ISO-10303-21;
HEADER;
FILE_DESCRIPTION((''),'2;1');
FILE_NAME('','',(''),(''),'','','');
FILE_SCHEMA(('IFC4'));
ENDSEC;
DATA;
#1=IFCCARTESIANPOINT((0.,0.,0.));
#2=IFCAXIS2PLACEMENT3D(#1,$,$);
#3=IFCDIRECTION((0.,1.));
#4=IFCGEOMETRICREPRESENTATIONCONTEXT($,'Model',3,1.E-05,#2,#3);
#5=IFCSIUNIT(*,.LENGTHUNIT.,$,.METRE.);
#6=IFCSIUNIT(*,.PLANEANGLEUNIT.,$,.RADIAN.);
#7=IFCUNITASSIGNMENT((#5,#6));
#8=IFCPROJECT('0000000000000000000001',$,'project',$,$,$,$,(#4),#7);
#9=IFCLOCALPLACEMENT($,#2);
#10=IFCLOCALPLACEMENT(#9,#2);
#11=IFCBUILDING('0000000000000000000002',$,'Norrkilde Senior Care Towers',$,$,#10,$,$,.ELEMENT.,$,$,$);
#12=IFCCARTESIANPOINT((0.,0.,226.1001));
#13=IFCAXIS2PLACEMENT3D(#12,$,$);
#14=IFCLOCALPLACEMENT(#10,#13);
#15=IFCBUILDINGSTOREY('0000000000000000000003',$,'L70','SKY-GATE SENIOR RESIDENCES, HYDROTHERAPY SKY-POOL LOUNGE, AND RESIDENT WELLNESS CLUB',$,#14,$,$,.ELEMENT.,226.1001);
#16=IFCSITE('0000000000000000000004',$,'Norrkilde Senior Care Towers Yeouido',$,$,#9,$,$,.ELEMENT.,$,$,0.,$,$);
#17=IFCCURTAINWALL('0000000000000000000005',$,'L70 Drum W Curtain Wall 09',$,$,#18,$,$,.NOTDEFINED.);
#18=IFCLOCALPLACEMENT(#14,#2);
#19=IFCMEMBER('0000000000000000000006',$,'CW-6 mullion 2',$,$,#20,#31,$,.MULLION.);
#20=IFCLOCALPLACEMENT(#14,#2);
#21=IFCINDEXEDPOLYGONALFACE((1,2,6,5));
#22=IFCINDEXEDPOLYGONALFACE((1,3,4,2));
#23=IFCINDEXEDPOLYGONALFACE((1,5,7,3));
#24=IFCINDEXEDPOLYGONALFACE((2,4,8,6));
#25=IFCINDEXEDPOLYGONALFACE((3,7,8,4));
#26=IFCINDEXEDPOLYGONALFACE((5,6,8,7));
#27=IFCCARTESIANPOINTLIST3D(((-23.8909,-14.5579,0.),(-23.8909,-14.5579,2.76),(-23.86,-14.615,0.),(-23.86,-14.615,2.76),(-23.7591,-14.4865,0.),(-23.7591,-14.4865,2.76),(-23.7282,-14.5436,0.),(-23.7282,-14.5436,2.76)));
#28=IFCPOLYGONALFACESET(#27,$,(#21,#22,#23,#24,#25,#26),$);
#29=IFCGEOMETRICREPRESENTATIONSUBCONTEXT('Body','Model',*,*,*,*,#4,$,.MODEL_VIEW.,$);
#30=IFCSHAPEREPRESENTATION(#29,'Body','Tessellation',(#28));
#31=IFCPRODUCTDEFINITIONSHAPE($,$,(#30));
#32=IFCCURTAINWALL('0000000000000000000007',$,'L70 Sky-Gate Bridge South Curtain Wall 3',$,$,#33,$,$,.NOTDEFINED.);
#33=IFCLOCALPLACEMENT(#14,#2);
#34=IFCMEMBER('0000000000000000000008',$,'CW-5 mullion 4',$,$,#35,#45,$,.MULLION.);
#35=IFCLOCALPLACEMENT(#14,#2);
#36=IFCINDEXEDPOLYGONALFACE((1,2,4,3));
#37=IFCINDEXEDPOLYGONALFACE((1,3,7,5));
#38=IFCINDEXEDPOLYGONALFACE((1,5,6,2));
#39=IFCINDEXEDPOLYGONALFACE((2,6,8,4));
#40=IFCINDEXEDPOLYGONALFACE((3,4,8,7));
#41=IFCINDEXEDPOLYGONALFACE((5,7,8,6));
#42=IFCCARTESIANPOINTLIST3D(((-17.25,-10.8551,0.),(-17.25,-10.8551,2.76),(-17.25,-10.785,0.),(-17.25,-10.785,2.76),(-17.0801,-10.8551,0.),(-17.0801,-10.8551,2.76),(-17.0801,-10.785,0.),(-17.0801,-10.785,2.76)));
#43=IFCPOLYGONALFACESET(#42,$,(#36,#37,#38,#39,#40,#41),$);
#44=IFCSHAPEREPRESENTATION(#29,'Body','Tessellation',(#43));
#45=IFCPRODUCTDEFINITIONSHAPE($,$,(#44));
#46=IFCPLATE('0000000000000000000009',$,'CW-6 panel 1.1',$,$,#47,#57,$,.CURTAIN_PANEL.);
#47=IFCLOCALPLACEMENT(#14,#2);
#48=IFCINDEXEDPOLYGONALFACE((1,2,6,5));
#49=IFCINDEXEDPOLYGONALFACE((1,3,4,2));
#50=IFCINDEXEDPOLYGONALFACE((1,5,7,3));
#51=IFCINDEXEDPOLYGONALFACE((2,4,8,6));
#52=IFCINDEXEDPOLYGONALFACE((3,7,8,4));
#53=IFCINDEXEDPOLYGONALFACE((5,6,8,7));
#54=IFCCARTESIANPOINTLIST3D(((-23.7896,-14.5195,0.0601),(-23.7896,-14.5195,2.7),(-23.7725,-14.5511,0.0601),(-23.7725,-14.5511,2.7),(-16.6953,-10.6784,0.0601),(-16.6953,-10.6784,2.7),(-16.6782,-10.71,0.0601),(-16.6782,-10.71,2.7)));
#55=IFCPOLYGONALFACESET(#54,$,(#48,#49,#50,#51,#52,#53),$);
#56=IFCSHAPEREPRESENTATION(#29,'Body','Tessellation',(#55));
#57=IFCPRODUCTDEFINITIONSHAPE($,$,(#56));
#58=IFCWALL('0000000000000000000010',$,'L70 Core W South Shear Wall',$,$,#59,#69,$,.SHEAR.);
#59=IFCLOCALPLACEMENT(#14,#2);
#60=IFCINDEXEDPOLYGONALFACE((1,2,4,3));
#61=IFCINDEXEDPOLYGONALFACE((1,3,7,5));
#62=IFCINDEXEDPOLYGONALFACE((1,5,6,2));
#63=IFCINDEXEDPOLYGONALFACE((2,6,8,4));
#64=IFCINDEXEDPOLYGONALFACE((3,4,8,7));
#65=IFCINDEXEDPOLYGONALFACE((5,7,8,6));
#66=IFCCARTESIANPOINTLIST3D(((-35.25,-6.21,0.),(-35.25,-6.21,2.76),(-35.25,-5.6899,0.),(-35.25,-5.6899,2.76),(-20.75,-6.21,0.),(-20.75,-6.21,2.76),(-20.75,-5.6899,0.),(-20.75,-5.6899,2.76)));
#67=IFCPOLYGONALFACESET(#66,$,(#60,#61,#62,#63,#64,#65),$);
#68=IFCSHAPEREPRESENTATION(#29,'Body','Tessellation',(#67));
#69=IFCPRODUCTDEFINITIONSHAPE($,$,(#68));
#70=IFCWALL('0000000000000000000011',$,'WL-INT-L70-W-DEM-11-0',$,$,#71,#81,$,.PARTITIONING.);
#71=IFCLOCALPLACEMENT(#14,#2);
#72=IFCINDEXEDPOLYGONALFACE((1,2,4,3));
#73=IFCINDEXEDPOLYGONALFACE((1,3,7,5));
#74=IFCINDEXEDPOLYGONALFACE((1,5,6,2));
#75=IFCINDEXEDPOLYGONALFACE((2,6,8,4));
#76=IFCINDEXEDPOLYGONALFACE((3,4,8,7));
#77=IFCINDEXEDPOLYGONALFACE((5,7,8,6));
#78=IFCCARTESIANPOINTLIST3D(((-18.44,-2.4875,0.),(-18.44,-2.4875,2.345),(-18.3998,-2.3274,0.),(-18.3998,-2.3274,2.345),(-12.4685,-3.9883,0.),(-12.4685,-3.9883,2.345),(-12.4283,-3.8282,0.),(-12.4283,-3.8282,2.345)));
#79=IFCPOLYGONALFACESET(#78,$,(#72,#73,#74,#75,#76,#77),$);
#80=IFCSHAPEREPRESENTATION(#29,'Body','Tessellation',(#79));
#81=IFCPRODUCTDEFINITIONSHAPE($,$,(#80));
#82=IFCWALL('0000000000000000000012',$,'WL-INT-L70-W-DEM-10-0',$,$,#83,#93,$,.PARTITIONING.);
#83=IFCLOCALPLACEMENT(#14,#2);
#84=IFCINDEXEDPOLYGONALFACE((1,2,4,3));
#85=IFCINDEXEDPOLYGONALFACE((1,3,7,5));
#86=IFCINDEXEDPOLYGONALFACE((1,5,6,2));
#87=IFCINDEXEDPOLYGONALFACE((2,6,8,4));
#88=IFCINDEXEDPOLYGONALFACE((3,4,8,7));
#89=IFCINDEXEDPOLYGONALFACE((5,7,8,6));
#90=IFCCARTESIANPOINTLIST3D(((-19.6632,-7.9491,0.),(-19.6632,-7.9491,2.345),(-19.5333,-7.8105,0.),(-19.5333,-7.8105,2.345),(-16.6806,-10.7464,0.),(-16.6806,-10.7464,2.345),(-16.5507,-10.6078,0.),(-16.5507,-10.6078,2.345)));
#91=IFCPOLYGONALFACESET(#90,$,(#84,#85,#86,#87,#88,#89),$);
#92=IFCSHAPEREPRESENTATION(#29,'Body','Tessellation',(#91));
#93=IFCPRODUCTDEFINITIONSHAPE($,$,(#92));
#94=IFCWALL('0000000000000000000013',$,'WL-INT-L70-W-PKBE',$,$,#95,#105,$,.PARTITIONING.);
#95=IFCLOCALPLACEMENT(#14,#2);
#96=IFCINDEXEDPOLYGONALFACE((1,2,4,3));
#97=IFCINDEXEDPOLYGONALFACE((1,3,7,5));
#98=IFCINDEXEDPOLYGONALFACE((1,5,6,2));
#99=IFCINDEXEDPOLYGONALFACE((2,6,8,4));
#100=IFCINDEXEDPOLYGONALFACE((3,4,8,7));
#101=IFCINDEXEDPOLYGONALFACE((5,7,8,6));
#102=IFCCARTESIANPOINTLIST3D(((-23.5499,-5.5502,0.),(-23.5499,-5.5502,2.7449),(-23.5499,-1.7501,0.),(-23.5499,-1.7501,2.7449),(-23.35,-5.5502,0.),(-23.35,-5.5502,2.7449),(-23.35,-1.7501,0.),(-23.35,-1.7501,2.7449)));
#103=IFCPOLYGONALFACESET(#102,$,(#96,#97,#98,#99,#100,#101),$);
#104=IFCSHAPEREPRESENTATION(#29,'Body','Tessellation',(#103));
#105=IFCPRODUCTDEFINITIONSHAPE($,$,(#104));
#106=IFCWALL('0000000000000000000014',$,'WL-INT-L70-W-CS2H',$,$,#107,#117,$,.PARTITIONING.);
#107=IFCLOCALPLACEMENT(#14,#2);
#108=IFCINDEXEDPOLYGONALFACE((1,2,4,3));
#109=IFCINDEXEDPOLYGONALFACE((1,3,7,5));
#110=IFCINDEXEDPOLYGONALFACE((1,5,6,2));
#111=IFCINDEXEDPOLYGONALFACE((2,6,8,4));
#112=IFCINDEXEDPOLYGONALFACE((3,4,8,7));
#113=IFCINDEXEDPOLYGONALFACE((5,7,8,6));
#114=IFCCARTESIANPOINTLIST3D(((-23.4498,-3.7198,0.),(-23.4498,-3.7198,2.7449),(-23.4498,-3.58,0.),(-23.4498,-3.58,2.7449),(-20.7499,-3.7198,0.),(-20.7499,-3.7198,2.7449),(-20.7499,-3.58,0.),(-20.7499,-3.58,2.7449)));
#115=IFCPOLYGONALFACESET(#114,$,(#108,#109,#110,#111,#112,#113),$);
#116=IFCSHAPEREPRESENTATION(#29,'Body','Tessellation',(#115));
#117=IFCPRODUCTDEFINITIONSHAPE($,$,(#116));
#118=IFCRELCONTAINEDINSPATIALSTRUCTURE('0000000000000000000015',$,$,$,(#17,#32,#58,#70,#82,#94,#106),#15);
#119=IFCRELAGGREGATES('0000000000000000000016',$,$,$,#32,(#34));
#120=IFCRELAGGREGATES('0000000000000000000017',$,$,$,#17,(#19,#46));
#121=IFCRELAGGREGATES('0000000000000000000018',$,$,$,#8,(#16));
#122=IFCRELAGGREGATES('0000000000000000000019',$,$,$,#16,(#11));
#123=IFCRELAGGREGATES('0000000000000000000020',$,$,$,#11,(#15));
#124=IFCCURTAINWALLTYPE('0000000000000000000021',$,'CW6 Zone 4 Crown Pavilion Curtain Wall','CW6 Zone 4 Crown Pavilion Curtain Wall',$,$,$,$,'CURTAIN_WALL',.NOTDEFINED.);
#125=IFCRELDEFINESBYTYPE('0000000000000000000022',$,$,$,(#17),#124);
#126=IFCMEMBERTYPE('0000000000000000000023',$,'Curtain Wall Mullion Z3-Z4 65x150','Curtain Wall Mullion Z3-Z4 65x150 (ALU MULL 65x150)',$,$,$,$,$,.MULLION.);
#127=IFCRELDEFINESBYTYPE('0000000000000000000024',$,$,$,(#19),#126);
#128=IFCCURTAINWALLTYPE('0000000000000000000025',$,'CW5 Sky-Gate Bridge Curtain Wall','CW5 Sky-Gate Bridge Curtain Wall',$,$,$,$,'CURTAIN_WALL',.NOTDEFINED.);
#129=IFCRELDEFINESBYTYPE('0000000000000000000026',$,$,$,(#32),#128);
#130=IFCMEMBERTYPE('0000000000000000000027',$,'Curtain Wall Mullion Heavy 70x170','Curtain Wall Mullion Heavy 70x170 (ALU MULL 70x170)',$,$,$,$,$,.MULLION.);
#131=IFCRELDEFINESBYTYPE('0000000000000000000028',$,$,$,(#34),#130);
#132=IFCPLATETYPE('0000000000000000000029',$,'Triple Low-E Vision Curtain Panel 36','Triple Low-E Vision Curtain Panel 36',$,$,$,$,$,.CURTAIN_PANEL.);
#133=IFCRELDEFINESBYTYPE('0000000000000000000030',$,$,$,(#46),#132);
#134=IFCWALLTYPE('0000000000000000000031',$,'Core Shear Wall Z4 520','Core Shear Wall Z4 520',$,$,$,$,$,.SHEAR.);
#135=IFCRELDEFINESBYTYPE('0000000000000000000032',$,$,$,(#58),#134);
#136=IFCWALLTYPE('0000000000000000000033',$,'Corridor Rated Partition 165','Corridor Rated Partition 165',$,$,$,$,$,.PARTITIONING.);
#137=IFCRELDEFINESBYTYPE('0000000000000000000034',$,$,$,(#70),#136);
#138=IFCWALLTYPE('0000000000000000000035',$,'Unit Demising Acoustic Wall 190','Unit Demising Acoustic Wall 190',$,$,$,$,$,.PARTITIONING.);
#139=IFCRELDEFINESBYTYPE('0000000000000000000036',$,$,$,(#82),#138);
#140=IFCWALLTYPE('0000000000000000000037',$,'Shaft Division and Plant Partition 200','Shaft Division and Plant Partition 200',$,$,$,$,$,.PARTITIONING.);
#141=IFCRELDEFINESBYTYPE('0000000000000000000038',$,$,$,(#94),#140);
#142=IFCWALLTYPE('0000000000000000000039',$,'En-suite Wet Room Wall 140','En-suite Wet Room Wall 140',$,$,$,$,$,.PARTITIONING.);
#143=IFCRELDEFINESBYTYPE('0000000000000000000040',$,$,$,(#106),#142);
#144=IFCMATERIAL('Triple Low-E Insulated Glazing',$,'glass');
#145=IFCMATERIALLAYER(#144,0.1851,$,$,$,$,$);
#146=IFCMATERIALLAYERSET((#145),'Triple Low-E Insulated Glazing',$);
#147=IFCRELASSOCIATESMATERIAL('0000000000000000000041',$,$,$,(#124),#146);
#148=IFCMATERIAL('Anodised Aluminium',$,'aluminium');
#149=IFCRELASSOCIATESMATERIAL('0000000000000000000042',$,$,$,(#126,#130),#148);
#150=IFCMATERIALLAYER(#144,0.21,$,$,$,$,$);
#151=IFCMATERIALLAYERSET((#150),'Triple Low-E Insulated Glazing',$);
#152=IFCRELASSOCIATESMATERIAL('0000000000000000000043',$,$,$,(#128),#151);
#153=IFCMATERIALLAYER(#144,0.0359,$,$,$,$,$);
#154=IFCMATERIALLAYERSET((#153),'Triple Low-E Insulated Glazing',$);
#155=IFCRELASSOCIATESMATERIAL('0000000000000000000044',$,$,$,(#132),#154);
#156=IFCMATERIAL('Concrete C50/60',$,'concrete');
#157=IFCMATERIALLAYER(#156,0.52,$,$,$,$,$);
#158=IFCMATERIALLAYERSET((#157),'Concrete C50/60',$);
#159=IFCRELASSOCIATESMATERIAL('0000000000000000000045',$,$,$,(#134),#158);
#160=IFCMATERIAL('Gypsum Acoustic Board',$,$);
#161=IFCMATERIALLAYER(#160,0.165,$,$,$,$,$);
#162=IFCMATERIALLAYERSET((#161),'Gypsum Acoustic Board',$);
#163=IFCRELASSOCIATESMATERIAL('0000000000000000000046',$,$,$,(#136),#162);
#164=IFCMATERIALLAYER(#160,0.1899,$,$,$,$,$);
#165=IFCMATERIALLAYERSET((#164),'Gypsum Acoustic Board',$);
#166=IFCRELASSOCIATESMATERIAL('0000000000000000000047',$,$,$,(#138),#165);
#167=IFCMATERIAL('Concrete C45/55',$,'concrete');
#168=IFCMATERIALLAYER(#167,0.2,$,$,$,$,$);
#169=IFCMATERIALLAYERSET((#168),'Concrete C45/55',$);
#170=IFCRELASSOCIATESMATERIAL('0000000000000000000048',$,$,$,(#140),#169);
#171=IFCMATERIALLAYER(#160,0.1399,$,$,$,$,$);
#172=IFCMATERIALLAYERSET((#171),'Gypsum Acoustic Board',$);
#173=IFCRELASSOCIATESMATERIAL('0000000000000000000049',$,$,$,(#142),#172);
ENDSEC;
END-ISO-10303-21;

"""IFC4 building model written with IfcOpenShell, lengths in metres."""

from ifc_helpers import new_model, si_unit, direction, frame, frame_2d, origin, origin_2d, place, context, subcontext, project, spatial, rectangle, extrude, source, transform, mapped, material, layer, layer_set, material_profile, profile_set, type_object, type_shapes, element, aggregate, save


model = new_model("IFC4")

# Units and contexts
model_context = context("Model", 3, precision=1e-05, world=origin(), true_north=direction((0.0, 1.0)))
body_context = subcontext(model_context, "Body", "Model", "MODEL_VIEW")
ifc_project = project(units=[si_unit("LENGTHUNIT", "METRE"), si_unit("PLANEANGLEUNIT", "RADIAN")], contexts=[model_context])

# Site, building, storey
site_placement = place(None, origin())
site = spatial("IfcSite", under=ifc_project, at=site_placement, Name="Norrkilde Senior Care Towers Yeouido", CompositionType="ELEMENT", RefElevation=0.0)
building_placement = place(site_placement, origin())
building = spatial("IfcBuilding", under=site, at=building_placement, Name="Norrkilde Senior Care Towers", CompositionType="ELEMENT")
storey_placement = place(building_placement, frame((0.0, 0.0, 226.1001)))
storey = spatial("IfcBuildingStorey", under=building, at=storey_placement, Name="L70", Description="SKY-GATE SENIOR RESIDENCES, HYDROTHERAPY SKY-POOL LOUNGE, AND RESIDENT WELLNESS CLUB", CompositionType="ELEMENT", Elevation=226.1001)

# Shared definitions
ifc_material_1 = material(Name="Concrete C50/60", Category="concrete")

# Curtain wall, member
ifc_material_2 = material(Name="Triple Low-E Insulated Glazing", Category="glass")
ifc_layer_1 = layer(ifc_material_2, 0.1851)
ifc_layer_set_1 = layer_set([ifc_layer_1], Name="Triple Low-E Insulated Glazing")
curtain_wall_type_1 = type_object("IfcCurtainWallType", Name="CW6 Zone 4 Crown Pavilion Curtain Wall", Description="CW6 Zone 4 Crown Pavilion Curtain Wall", ElementType="CURTAIN_WALL", PredefinedType="NOTDEFINED", material=ifc_layer_set_1)
curtain_wall_1_placement = place(storey_placement, origin())
curtain_wall_1 = element("IfcCurtainWall", 1, at=curtain_wall_1_placement, inside=storey, type_object=curtain_wall_type_1, Name="L70 Drum W Curtain Wall 09", PredefinedType="NOTDEFINED")
ifc_material_3 = material(Name="Anodised Aluminium", Category="aluminium")
ifc_material_profile_1 = material_profile(ifc_material_3, rectangle(XDim=0.0649, YDim=0.1499, at=origin_2d()), Name="ALU MULL 65x150")
ifc_profile_set_1 = profile_set([ifc_material_profile_1], Name="Anodised Aluminium")
member_type_1 = type_object("IfcMemberType", Name="Curtain Wall Mullion Z3-Z4 65x150", Description="Curtain Wall Mullion Z3-Z4 65x150 (ALU MULL 65x150)", PredefinedType="MULLION", material=ifc_profile_set_1)
shared_shape_1 = source(origin(), body_context, "Body", "SweptSolid", [
    extrude(rectangle(XDim=0.0649, YDim=0.1499, at=origin_2d()), origin(), (0.0, 0.0, 1.0), 2.76),
])
type_shapes(member_type_1, [shared_shape_1])
member_1_placement = place(storey_placement, frame((-23.8096, -14.5508, 0.0), z_axis=(0.0, 0.0, 1.0), x_axis=(0.476133, -0.879373, 0.0)))
member_1 = element("IfcMember", 2, at=member_1_placement, type_object=member_type_1, Name="CW-6 mullion 2", PredefinedType="MULLION", context=body_context, shape_type="MappedRepresentation", body=[
    mapped(shared_shape_1, transform((0.0, 0.0, 0.0), x_axis=(1.0, 0.0, 0.0), y_axis=(0.0, 1.0, 0.0), z_axis=(0.0, 0.0, 1.0), scale=1.0)),
])

# Curtain wall, member
ifc_layer_2 = layer(ifc_material_2, 0.21)
ifc_layer_set_2 = layer_set([ifc_layer_2], Name="Triple Low-E Insulated Glazing")
curtain_wall_type_2 = type_object("IfcCurtainWallType", Name="CW5 Sky-Gate Bridge Curtain Wall", Description="CW5 Sky-Gate Bridge Curtain Wall", ElementType="CURTAIN_WALL", PredefinedType="NOTDEFINED", material=ifc_layer_set_2)
curtain_wall_2_placement = place(storey_placement, origin())
curtain_wall_2 = element("IfcCurtainWall", 3, at=curtain_wall_2_placement, inside=storey, type_object=curtain_wall_type_2, Name="L70 Sky-Gate Bridge South Curtain Wall 3", PredefinedType="NOTDEFINED")
ifc_material_profile_2 = material_profile(ifc_material_3, rectangle(XDim=0.0701, YDim=0.1699, at=origin_2d()), Name="ALU MULL 70x170")
ifc_profile_set_2 = profile_set([ifc_material_profile_2], Name="Anodised Aluminium")
member_type_2 = type_object("IfcMemberType", Name="Curtain Wall Mullion Heavy 70x170", Description="Curtain Wall Mullion Heavy 70x170 (ALU MULL 70x170)", PredefinedType="MULLION", material=ifc_profile_set_2)
shared_shape_2 = source(origin(), body_context, "Body", "SweptSolid", [
    extrude(rectangle(XDim=0.0701, YDim=0.1699, at=origin_2d()), origin(), (0.0, 0.0, 1.0), 2.76),
])
type_shapes(member_type_2, [shared_shape_2])
member_2_placement = place(storey_placement, frame((-17.165, -10.8201, 0.0), z_axis=(0.0, 0.0, 1.0), x_axis=(0.0, -1.0, 0.0)))
member_2 = element("IfcMember", 4, at=member_2_placement, type_object=member_type_2, Name="CW-5 mullion 4", PredefinedType="MULLION", context=body_context, shape_type="MappedRepresentation", body=[
    mapped(shared_shape_2, transform((0.0, 0.0, 0.0), x_axis=(1.0, 0.0, 0.0), y_axis=(0.0, 1.0, 0.0), z_axis=(0.0, 0.0, 1.0), scale=1.0)),
])
aggregate(curtain_wall_2, [member_2])

# Plate
ifc_layer_3 = layer(ifc_material_2, 0.0359)
ifc_layer_set_3 = layer_set([ifc_layer_3], Name="Triple Low-E Insulated Glazing")
plate_type = type_object("IfcPlateType", Name="Triple Low-E Vision Curtain Panel 36", Description="Triple Low-E Vision Curtain Panel 36", PredefinedType="CURTAIN_PANEL", material=ifc_layer_set_3)
shared_shape_3 = source(origin(), body_context, "Body", "SweptSolid", [
    extrude(rectangle(XDim=8.0674, YDim=0.0359, at=origin_2d()), origin(), (0.0, 0.0, 1.0), 2.6399),
])
type_shapes(plate_type, [shared_shape_3])
plate_placement = place(storey_placement, frame((-20.2339, -12.6147, 0.0601), z_axis=(0.0, 0.0, 1.0), x_axis=(-0.879373, -0.476133, 0.0)))
plate = element("IfcPlate", 5, at=plate_placement, type_object=plate_type, Name="CW-6 panel 1.1", PredefinedType="CURTAIN_PANEL", context=body_context, shape_type="MappedRepresentation", body=[
    mapped(shared_shape_3, transform((0.0, 0.0, 0.0), x_axis=(1.0, 0.0, 0.0), y_axis=(0.0, 1.0, 0.0), z_axis=(0.0, 0.0, 1.0), scale=1.0)),
])
aggregate(curtain_wall_1, [member_1, plate])

# Walls
ifc_layer_4 = layer(ifc_material_1, 0.52)
ifc_layer_set_4 = layer_set([ifc_layer_4], Name="Concrete C50/60")
wall_type_1 = type_object("IfcWallType", Name="Core Shear Wall Z4 520", Description="Core Shear Wall Z4 520", PredefinedType="SHEAR", material=ifc_layer_set_4)
shared_shape_4 = source(origin(), body_context, "Body", "SweptSolid", [
    extrude(rectangle(XDim=14.5, YDim=0.52, at=frame_2d((7.25, 0.0))), origin(), (0.0, 0.0, 1.0), 2.76),
])
type_shapes(wall_type_1, [shared_shape_4])
wall_1_placement = place(storey_placement, frame((-20.75, -5.95, 0.0), z_axis=(0.0, 0.0, 1.0), x_axis=(-1.0, 0.0, 0.0)))
element("IfcWall", 6, at=wall_1_placement, inside=storey, type_object=wall_type_1, Name="L70 Core W South Shear Wall", PredefinedType="SHEAR", context=body_context, shape_type="MappedRepresentation", body=[
    mapped(shared_shape_4, transform((0.0, 0.0, 0.0), x_axis=(1.0, 0.0, 0.0), y_axis=(0.0, 1.0, 0.0), z_axis=(0.0, 0.0, 1.0), scale=1.0)),
])
ifc_material_4 = material(Name="Gypsum Acoustic Board")
ifc_layer_5 = layer(ifc_material_4, 0.165)
ifc_layer_set_5 = layer_set([ifc_layer_5], Name="Gypsum Acoustic Board")
wall_type_2 = type_object("IfcWallType", Name="Corridor Rated Partition 165", Description="Corridor Rated Partition 165", PredefinedType="PARTITIONING", material=ifc_layer_set_5)
shared_shape_5 = source(origin(), body_context, "Body", "SweptSolid", [
    extrude(rectangle(XDim=6.1572, YDim=0.165, at=frame_2d((3.0786, 0.0))), origin(), (0.0, 0.0, 1.0), 2.345),
])
wall_2_placement = place(storey_placement, frame((-18.4199, -2.4075, 0.0), z_axis=(0.0, 0.0, 1.0), x_axis=(0.969841, -0.243739, 0.0)))
element("IfcWall", 7, at=wall_2_placement, inside=storey, type_object=wall_type_2, Name="WL-INT-L70-W-DEM-11-0", PredefinedType="PARTITIONING", context=body_context, shape_type="MappedRepresentation", body=[
    mapped(shared_shape_5, transform((0.0, 0.0, 0.0), x_axis=(1.0, 0.0, 0.0), y_axis=(0.0, 1.0, 0.0), z_axis=(0.0, 0.0, 1.0), scale=1.0)),
])
ifc_layer_6 = layer(ifc_material_4, 0.1899)
ifc_layer_set_6 = layer_set([ifc_layer_6], Name="Gypsum Acoustic Board")
wall_type_3 = type_object("IfcWallType", Name="Unit Demising Acoustic Wall 190", Description="Unit Demising Acoustic Wall 190", PredefinedType="PARTITIONING", material=ifc_layer_set_6)
shared_shape_6 = source(origin(), body_context, "Body", "SweptSolid", [
    extrude(rectangle(XDim=4.0891, YDim=0.1899, at=frame_2d((2.0444, 0.0))), origin(), (0.0, 0.0, 1.0), 2.345),
])
type_shapes(wall_type_3, [shared_shape_6])
wall_3_placement = place(storey_placement, frame((-19.5981, -7.8799, 0.0), z_axis=(0.0, 0.0, 1.0), x_axis=(0.729401, -0.684086, 0.0)))
element("IfcWall", 8, at=wall_3_placement, inside=storey, type_object=wall_type_3, Name="WL-INT-L70-W-DEM-10-0", PredefinedType="PARTITIONING", context=body_context, shape_type="MappedRepresentation", body=[
    mapped(shared_shape_6, transform((0.0, 0.0, 0.0), x_axis=(1.0, 0.0, 0.0), y_axis=(0.0, 1.0, 0.0), z_axis=(0.0, 0.0, 1.0), scale=1.0)),
])
ifc_material_5 = material(Name="Concrete C45/55", Category="concrete")
ifc_layer_7 = layer(ifc_material_5, 0.2)
ifc_layer_set_7 = layer_set([ifc_layer_7], Name="Concrete C45/55")
wall_type_4 = type_object("IfcWallType", Name="Shaft Division and Plant Partition 200", Description="Shaft Division and Plant Partition 200", PredefinedType="PARTITIONING", material=ifc_layer_set_7)
shared_shape_7 = source(origin(), body_context, "Body", "SweptSolid", [
    extrude(rectangle(XDim=3.8, YDim=0.2, at=frame_2d((1.8999, 0.0))), origin(), (0.0, 0.0, 1.0), 2.7449),
])
type_shapes(wall_type_4, [shared_shape_7])
wall_4_placement = place(storey_placement, frame((-23.45, -5.55, 0.0), z_axis=(0.0, 0.0, 1.0), x_axis=(0.0, 1.0, 0.0)))
element("IfcWall", 9, at=wall_4_placement, inside=storey, type_object=wall_type_4, Name="WL-INT-L70-W-PKBE", PredefinedType="PARTITIONING", context=body_context, shape_type="MappedRepresentation", body=[
    mapped(shared_shape_7, transform((0.0, 0.0, 0.0), x_axis=(1.0, 0.0, 0.0), y_axis=(0.0, 1.0, 0.0), z_axis=(0.0, 0.0, 1.0), scale=1.0)),
])
ifc_layer_8 = layer(ifc_material_4, 0.1399)
ifc_layer_set_8 = layer_set([ifc_layer_8], Name="Gypsum Acoustic Board")
wall_type_5 = type_object("IfcWallType", Name="En-suite Wet Room Wall 140", Description="En-suite Wet Room Wall 140", PredefinedType="PARTITIONING", material=ifc_layer_set_8)
shared_shape_8 = source(origin(), body_context, "Body", "SweptSolid", [
    extrude(rectangle(XDim=2.7, YDim=0.1399, at=frame_2d((1.3501, 0.0))), origin(), (0.0, 0.0, 1.0), 2.7449),
])
wall_5_placement = place(storey_placement, frame((-23.45, -3.6499, 0.0), z_axis=(0.0, 0.0, 1.0), x_axis=(1.0, 0.0, 0.0)))
element("IfcWall", 10, at=wall_5_placement, inside=storey, type_object=wall_type_5, Name="WL-INT-L70-W-CS2H", PredefinedType="PARTITIONING", context=body_context, shape_type="MappedRepresentation", body=[
    mapped(shared_shape_8, transform((0.0, 0.0, 0.0), x_axis=(1.0, 0.0, 0.0), y_axis=(0.0, 1.0, 0.0), z_axis=(0.0, 0.0, 1.0), scale=1.0)),
])

save(model, "model.ifc")
